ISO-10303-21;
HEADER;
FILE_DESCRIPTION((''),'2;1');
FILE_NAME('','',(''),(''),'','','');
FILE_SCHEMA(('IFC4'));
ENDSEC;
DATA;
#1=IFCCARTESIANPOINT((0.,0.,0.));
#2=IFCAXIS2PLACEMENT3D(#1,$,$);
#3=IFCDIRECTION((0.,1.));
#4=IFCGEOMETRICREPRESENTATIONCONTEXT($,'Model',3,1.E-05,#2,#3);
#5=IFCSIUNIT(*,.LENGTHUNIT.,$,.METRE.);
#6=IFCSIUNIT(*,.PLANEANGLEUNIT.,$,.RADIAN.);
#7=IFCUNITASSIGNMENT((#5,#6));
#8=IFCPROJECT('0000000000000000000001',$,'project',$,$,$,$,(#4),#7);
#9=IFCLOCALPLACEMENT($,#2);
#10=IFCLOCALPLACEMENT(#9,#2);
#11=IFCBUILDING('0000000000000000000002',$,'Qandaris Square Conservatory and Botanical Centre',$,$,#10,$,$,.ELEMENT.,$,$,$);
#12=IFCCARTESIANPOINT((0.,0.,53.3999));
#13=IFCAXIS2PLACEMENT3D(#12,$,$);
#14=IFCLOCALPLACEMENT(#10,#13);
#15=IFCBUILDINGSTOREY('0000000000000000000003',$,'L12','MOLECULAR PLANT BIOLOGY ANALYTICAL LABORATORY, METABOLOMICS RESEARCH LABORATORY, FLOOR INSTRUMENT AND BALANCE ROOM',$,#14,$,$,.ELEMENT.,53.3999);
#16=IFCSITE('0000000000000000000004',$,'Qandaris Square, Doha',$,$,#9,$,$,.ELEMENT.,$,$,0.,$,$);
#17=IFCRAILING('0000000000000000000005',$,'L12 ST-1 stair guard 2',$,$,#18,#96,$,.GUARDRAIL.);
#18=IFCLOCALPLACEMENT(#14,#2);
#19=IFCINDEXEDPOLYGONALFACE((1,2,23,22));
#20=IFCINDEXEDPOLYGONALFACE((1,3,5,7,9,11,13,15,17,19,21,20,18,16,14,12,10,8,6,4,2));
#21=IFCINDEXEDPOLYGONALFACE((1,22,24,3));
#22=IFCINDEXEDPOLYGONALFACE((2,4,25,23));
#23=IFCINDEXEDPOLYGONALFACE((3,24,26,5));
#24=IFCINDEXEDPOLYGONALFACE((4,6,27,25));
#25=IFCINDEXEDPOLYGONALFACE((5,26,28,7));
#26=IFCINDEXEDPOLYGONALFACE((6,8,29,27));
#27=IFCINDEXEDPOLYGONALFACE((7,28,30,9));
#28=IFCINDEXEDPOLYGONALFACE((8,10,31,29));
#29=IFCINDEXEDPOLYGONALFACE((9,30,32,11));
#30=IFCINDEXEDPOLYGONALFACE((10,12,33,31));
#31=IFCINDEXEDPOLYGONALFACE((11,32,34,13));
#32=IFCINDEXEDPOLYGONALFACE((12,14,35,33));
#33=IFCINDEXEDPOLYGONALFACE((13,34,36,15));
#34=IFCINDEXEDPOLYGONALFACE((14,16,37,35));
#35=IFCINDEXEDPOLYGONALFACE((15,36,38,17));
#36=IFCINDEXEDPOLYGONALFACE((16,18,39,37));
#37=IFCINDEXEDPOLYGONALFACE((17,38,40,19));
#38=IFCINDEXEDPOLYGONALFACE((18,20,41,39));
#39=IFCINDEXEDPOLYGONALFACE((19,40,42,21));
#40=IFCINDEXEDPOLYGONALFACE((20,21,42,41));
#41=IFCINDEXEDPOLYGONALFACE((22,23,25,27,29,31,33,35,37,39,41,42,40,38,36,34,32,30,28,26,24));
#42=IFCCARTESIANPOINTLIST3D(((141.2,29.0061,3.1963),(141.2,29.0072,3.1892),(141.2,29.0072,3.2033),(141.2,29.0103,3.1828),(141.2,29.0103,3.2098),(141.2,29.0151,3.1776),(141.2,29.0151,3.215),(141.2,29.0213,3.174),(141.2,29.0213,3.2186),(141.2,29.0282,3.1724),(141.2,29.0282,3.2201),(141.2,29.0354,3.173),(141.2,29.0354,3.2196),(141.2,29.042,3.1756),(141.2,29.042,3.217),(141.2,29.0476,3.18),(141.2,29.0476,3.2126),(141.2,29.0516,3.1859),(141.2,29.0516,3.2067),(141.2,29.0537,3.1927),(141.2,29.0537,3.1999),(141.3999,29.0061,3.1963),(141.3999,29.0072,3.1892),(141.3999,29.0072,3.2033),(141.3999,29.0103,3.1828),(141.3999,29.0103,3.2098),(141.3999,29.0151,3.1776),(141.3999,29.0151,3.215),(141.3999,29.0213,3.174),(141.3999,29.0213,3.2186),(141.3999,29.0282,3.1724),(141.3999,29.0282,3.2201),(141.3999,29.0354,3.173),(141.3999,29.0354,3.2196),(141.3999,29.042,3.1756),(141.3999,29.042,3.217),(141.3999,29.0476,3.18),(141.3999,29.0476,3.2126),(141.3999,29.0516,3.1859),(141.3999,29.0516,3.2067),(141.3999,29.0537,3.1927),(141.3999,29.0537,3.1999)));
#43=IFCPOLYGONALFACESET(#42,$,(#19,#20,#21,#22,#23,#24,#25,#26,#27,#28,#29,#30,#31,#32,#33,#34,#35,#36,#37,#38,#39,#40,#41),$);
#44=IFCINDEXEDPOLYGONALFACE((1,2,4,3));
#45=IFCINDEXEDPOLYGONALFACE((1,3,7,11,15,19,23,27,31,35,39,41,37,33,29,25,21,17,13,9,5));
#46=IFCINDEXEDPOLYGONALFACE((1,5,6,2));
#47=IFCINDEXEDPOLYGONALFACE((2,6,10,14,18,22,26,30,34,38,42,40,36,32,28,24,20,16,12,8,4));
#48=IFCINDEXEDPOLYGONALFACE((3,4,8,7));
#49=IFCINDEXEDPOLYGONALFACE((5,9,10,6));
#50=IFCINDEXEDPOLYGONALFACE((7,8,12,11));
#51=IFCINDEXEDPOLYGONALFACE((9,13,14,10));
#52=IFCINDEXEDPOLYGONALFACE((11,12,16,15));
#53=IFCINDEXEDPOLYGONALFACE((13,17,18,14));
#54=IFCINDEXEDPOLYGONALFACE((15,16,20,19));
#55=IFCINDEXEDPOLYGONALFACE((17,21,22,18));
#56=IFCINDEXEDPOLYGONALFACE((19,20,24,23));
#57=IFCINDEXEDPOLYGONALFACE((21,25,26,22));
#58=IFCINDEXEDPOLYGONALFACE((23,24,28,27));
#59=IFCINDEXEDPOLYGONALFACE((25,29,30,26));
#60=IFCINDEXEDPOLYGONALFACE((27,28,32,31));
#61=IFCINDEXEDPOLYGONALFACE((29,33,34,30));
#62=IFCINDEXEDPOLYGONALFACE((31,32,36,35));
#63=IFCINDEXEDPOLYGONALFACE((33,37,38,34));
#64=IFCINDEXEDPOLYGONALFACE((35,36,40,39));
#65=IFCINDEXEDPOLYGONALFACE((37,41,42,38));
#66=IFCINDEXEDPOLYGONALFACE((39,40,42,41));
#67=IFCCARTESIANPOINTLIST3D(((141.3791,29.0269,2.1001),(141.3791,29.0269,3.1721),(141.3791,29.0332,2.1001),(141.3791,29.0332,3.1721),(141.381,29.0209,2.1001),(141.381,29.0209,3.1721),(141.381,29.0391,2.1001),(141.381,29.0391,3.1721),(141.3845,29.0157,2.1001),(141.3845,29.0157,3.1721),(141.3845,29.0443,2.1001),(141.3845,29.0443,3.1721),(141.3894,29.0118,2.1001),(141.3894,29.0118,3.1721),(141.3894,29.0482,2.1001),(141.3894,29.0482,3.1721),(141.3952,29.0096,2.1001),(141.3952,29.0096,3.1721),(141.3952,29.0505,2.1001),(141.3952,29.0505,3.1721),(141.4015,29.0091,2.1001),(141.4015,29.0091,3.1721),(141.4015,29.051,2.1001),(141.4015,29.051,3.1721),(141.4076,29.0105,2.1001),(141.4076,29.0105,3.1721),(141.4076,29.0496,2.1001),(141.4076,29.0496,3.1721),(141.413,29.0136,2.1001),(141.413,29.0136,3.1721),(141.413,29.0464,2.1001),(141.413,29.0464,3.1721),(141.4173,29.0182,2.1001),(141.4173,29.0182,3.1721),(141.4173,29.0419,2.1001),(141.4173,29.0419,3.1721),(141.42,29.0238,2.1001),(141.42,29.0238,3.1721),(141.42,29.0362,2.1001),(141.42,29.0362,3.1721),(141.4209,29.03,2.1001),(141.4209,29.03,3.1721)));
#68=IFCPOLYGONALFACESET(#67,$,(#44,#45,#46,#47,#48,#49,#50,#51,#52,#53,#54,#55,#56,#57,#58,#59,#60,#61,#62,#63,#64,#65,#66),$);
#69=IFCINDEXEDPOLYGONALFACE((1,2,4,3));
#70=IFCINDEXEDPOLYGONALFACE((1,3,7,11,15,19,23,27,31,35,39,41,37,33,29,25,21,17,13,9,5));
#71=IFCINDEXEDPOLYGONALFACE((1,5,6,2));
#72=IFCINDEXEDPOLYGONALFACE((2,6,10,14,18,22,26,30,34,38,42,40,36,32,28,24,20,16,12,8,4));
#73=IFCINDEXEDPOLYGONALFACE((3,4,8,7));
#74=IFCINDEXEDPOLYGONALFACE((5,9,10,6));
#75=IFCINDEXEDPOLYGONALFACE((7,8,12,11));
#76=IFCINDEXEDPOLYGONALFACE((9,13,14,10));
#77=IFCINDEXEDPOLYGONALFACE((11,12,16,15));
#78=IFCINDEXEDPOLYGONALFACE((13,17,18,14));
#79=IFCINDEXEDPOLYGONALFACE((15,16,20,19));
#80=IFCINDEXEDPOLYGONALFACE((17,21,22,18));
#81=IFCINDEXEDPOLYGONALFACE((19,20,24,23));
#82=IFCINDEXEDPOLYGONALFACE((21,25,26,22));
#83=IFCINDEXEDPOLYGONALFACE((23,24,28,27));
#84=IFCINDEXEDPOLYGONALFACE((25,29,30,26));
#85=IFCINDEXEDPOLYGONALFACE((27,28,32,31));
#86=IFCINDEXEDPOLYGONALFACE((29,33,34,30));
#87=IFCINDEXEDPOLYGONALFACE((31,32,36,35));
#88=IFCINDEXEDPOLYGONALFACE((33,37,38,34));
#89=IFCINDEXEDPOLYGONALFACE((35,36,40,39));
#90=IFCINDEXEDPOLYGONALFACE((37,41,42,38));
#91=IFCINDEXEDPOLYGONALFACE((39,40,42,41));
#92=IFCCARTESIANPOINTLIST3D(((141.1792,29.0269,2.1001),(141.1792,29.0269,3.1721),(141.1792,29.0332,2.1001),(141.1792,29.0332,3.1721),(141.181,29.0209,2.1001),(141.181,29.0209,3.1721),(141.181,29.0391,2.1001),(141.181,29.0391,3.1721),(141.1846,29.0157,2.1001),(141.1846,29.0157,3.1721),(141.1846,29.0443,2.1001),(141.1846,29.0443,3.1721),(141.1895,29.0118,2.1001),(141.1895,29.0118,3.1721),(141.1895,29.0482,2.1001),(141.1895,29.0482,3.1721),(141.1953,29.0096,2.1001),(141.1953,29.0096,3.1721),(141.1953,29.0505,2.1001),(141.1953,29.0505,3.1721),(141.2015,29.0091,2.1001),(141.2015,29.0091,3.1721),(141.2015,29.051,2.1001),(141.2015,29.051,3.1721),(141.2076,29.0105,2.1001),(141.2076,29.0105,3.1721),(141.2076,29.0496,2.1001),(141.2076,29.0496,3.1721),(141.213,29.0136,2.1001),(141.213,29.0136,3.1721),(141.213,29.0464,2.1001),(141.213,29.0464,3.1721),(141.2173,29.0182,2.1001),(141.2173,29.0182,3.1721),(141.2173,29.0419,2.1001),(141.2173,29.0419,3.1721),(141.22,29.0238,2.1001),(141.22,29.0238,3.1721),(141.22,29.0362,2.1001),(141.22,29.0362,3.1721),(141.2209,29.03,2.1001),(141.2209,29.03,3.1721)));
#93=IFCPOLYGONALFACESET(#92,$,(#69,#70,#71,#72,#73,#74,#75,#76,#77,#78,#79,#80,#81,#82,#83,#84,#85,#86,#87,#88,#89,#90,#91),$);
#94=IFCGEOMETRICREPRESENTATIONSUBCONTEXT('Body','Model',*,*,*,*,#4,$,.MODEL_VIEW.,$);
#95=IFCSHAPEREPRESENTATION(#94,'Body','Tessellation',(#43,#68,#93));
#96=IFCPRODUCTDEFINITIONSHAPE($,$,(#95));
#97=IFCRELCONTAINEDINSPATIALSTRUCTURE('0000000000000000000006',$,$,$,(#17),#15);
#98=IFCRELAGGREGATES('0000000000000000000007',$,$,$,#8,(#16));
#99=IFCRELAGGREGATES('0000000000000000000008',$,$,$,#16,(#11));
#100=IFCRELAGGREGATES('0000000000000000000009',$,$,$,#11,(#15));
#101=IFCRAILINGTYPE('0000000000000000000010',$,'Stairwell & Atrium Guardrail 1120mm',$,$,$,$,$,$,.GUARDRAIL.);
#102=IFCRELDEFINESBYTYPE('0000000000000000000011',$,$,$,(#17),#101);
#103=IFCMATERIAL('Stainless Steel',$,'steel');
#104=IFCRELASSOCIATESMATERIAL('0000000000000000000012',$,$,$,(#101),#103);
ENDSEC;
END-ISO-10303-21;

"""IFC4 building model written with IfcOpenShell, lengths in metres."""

from ifc_helpers import new_model, si_unit, direction, frame, origin, origin_2d, place, context, subcontext, project, spatial, circle, extrude, material, type_object, element, save


model = new_model("IFC4")

# Units and contexts
model_context = context("Model", 3, precision=1e-05, world=origin(), true_north=direction((0.0, 1.0)))
body_context = subcontext(model_context, "Body", "Model", "MODEL_VIEW")
ifc_project = project(units=[si_unit("LENGTHUNIT", "METRE"), si_unit("PLANEANGLEUNIT", "RADIAN")], contexts=[model_context])

# Site, building, storey
site_placement = place(None, origin())
site = spatial("IfcSite", under=ifc_project, at=site_placement, Name="Qandaris Square, Doha", CompositionType="ELEMENT", RefElevation=0.0)
building_placement = place(site_placement, origin())
building = spatial("IfcBuilding", under=site, at=building_placement, Name="Qandaris Square Conservatory and Botanical Centre", CompositionType="ELEMENT")
storey_placement = place(building_placement, frame((0.0, 0.0, 53.3999)))
storey = spatial("IfcBuildingStorey", under=building, at=storey_placement, Name="L12", Description="MOLECULAR PLANT BIOLOGY ANALYTICAL LABORATORY, METABOLOMICS RESEARCH LABORATORY, FLOOR INSTRUMENT AND BALANCE ROOM", CompositionType="ELEMENT", Elevation=53.3999)

# Railing
ifc_material_1 = material(Name="Stainless Steel", Category="steel")
railing_type_1 = type_object("IfcRailingType", Name="Stairwell & Atrium Guardrail 1120mm", PredefinedType="GUARDRAIL", material=ifc_material_1)
railing_1_placement = place(storey_placement, frame((141.3999, 29.03, 2.1001)))
element("IfcRailing", 1, at=railing_1_placement, inside=storey, type_object=railing_type_1, Name="L12 ST-1 stair guard 2", PredefinedType="GUARDRAIL", context=body_context, shape_type="SweptSolid", body=[
    extrude(circle(Radius=0.0239, at=origin_2d()), frame((0.0, 0.0, 1.0962), z_axis=(-1.0, 0.0, 0.0), x_axis=(0.0, -1.0, 0.0)), (0.0, 0.0, 1.0), 0.2),
    extrude(circle(Radius=0.021, at=origin_2d()), origin(), (0.0, 0.0, 1.0), 1.072),
    extrude(circle(Radius=0.021, at=origin_2d()), frame((-0.2, 0.0, 0.0)), (0.0, 0.0, 1.0), 1.072),
])

save(model, "model.ifc")
